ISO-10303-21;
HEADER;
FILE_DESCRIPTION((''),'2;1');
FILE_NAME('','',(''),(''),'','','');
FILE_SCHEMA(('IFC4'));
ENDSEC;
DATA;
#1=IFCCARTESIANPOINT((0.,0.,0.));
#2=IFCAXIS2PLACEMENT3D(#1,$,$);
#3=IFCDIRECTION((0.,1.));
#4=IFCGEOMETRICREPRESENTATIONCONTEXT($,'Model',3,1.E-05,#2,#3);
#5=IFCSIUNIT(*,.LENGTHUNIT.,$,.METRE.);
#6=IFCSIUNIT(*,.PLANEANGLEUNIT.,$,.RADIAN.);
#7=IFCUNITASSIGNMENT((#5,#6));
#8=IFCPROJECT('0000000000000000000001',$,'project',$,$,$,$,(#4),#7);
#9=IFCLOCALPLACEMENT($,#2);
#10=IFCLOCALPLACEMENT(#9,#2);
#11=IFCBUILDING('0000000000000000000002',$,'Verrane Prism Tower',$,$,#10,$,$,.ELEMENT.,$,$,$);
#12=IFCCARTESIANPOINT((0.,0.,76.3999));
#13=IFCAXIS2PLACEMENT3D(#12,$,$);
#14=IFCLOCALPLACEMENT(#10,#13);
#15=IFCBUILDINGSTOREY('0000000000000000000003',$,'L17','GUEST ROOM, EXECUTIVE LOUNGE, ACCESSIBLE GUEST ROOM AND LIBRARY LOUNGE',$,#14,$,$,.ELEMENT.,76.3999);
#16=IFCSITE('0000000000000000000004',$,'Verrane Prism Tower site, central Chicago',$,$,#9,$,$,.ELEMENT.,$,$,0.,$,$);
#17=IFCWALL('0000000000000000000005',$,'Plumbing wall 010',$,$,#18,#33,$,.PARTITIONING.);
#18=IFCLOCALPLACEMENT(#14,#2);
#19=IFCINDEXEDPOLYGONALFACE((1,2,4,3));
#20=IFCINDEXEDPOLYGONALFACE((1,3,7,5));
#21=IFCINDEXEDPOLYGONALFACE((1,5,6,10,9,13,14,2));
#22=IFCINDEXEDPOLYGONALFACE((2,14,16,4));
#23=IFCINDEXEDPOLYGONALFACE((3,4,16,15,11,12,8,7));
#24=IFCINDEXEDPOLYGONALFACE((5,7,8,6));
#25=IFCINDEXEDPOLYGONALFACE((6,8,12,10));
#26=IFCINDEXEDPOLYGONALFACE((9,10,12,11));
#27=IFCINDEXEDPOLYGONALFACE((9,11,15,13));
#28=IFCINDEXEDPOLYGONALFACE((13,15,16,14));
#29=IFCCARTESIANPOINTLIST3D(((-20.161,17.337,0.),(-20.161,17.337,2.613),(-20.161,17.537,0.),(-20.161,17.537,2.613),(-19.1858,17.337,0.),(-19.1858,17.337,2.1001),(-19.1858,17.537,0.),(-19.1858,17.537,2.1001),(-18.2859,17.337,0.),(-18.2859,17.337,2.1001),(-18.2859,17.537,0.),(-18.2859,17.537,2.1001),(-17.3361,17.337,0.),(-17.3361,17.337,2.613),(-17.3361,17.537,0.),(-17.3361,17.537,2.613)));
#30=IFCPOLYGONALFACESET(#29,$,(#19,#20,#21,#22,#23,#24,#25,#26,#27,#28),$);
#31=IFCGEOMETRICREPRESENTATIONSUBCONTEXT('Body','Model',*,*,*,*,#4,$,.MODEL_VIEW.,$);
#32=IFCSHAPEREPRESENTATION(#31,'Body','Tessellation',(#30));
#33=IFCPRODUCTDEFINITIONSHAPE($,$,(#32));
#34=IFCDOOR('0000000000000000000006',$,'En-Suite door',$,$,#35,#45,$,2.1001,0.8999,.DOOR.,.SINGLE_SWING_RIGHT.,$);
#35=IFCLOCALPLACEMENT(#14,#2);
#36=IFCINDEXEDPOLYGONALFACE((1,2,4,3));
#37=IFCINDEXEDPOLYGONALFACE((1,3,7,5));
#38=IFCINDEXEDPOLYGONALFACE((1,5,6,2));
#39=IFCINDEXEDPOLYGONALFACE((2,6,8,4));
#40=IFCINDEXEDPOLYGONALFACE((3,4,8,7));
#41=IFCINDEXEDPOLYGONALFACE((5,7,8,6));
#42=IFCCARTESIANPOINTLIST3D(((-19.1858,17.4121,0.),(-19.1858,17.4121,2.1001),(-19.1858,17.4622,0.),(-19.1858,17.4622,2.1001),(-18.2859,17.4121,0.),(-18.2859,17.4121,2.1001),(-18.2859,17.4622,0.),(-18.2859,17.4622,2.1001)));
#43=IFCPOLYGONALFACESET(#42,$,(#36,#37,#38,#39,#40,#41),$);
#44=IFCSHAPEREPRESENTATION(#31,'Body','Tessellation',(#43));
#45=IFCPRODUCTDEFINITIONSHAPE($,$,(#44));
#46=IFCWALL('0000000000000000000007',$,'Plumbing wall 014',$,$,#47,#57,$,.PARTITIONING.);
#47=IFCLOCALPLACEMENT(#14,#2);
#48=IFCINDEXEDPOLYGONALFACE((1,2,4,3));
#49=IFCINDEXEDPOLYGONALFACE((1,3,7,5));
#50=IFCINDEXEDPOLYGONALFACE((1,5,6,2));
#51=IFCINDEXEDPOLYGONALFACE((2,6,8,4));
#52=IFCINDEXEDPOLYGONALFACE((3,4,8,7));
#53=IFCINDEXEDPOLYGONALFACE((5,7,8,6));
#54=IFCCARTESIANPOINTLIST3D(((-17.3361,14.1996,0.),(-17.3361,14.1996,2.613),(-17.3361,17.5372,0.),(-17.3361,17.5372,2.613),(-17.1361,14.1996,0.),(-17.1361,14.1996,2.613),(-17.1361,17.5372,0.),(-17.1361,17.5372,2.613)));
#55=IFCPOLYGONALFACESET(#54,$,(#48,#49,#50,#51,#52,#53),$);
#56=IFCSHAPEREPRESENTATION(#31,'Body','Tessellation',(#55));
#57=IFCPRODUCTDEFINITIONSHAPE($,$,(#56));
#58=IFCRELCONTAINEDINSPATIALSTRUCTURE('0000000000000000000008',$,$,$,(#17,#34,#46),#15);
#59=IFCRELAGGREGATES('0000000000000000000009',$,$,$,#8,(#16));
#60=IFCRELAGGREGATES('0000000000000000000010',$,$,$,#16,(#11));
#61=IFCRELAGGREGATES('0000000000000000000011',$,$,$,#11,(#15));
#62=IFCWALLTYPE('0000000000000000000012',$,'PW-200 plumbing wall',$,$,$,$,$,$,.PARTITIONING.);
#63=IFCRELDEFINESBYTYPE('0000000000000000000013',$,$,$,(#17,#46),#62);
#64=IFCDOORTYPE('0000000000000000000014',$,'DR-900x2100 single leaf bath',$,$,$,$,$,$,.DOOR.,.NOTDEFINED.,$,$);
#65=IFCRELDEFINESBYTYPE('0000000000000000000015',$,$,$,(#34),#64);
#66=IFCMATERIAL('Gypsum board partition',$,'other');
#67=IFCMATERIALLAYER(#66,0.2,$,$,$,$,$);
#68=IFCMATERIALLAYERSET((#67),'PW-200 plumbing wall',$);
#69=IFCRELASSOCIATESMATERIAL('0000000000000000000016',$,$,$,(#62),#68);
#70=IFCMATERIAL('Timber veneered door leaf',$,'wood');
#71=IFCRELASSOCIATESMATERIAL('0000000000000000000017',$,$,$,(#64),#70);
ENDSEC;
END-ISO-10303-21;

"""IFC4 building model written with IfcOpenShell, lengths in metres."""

from ifc_helpers import new_model, si_unit, direction, frame, frame_2d, origin, place, context, subcontext, project, spatial, rectangle, extrude, material, layer, layer_set, type_object, element, fill, save


model = new_model("IFC4")

# Units and contexts
model_context = context("Model", 3, precision=1e-05, world=origin(), true_north=direction((0.0, 1.0)))
body_context = subcontext(model_context, "Body", "Model", "MODEL_VIEW")
ifc_project = project(units=[si_unit("LENGTHUNIT", "METRE"), si_unit("PLANEANGLEUNIT", "RADIAN")], contexts=[model_context])

# Site, building, storey
site_placement = place(None, origin())
site = spatial("IfcSite", under=ifc_project, at=site_placement, Name="Verrane Prism Tower site, central Chicago", CompositionType="ELEMENT", RefElevation=0.0)
building_placement = place(site_placement, origin())
building = spatial("IfcBuilding", under=site, at=building_placement, Name="Verrane Prism Tower", CompositionType="ELEMENT")
storey_placement = place(building_placement, frame((0.0, 0.0, 76.3999)))
storey = spatial("IfcBuildingStorey", under=building, at=storey_placement, Name="L17", Description="GUEST ROOM, EXECUTIVE LOUNGE, ACCESSIBLE GUEST ROOM AND LIBRARY LOUNGE", CompositionType="ELEMENT", Elevation=76.3999)

# Wall, opening, door
ifc_material_1 = material(Name="Gypsum board partition", Category="other")
ifc_layer_1 = layer(ifc_material_1, 0.2)
ifc_layer_set_1 = layer_set([ifc_layer_1], Name="PW-200 plumbing wall")
wall_type_1 = type_object("IfcWallType", Name="PW-200 plumbing wall", PredefinedType="PARTITIONING", material=ifc_layer_set_1)
wall_1_placement = place(storey_placement, frame((-17.3359, 17.437, 0.0), z_axis=(0.0, 0.0, 1.0), x_axis=(-1.0, 0.0, 0.0)))
wall_1 = element("IfcWall", 1, at=wall_1_placement, inside=storey, type_object=wall_type_1, Name="Plumbing wall 010", PredefinedType="PARTITIONING", context=body_context, shape_type="SweptSolid", body=[
    extrude(rectangle(XDim=2.825, YDim=0.2, at=frame_2d((1.4126, 0.0))), origin(), (0.0, 0.0, 1.0), 2.613),
])
opening_placement = place(wall_1_placement, frame((0.95, 0.0, 0.0)))
opening = element("IfcOpeningElement", 2, at=opening_placement, cuts=wall_1, PredefinedType="OPENING", context=body_context, shape_type="SweptSolid", body=[
    extrude(rectangle(XDim=0.8999, YDim=2.1001, at=frame_2d((0.45, 1.05))), frame((0.0, 0.1099, 0.0), z_axis=(0.0, -1.0, 0.0), x_axis=(1.0, 0.0, 0.0)), (0.0, 0.0, 1.0), 0.22),
])
ifc_material_2 = material(Name="Timber veneered door leaf", Category="wood")
door_type = type_object("IfcDoorType", Name="DR-900x2100 single leaf bath", OperationType="NOTDEFINED", PredefinedType="DOOR", material=ifc_material_2)
door_placement = place(opening_placement, origin())
door = element("IfcDoor", 3, at=door_placement, inside=storey, type_object=door_type, Name="En-Suite door", OperationType="SINGLE_SWING_RIGHT", OverallHeight=2.1001, OverallWidth=0.8999, PredefinedType="DOOR", context=body_context, shape_type="SweptSolid", body=[
    extrude(rectangle(XDim=0.8999, YDim=2.1001, at=frame_2d((0.45, 1.05))), frame((0.0, 0.0249, 0.0), z_axis=(0.0, -1.0, 0.0), x_axis=(1.0, 0.0, 0.0)), (0.0, 0.0, 1.0), 0.05),
])
fill(opening, door)

# Wall
wall_2_placement = place(storey_placement, frame((-17.2361, 14.1995, 0.0), z_axis=(0.0, 0.0, 1.0), x_axis=(0.0, 1.0, 0.0)))
element("IfcWall", 4, at=wall_2_placement, inside=storey, type_object=wall_type_1, Name="Plumbing wall 014", PredefinedType="PARTITIONING", context=body_context, shape_type="SweptSolid", body=[
    extrude(rectangle(XDim=3.3376, YDim=0.2, at=frame_2d((1.6689, 0.0))), origin(), (0.0, 0.0, 1.0), 2.613),
])

save(model, "model.ifc")
